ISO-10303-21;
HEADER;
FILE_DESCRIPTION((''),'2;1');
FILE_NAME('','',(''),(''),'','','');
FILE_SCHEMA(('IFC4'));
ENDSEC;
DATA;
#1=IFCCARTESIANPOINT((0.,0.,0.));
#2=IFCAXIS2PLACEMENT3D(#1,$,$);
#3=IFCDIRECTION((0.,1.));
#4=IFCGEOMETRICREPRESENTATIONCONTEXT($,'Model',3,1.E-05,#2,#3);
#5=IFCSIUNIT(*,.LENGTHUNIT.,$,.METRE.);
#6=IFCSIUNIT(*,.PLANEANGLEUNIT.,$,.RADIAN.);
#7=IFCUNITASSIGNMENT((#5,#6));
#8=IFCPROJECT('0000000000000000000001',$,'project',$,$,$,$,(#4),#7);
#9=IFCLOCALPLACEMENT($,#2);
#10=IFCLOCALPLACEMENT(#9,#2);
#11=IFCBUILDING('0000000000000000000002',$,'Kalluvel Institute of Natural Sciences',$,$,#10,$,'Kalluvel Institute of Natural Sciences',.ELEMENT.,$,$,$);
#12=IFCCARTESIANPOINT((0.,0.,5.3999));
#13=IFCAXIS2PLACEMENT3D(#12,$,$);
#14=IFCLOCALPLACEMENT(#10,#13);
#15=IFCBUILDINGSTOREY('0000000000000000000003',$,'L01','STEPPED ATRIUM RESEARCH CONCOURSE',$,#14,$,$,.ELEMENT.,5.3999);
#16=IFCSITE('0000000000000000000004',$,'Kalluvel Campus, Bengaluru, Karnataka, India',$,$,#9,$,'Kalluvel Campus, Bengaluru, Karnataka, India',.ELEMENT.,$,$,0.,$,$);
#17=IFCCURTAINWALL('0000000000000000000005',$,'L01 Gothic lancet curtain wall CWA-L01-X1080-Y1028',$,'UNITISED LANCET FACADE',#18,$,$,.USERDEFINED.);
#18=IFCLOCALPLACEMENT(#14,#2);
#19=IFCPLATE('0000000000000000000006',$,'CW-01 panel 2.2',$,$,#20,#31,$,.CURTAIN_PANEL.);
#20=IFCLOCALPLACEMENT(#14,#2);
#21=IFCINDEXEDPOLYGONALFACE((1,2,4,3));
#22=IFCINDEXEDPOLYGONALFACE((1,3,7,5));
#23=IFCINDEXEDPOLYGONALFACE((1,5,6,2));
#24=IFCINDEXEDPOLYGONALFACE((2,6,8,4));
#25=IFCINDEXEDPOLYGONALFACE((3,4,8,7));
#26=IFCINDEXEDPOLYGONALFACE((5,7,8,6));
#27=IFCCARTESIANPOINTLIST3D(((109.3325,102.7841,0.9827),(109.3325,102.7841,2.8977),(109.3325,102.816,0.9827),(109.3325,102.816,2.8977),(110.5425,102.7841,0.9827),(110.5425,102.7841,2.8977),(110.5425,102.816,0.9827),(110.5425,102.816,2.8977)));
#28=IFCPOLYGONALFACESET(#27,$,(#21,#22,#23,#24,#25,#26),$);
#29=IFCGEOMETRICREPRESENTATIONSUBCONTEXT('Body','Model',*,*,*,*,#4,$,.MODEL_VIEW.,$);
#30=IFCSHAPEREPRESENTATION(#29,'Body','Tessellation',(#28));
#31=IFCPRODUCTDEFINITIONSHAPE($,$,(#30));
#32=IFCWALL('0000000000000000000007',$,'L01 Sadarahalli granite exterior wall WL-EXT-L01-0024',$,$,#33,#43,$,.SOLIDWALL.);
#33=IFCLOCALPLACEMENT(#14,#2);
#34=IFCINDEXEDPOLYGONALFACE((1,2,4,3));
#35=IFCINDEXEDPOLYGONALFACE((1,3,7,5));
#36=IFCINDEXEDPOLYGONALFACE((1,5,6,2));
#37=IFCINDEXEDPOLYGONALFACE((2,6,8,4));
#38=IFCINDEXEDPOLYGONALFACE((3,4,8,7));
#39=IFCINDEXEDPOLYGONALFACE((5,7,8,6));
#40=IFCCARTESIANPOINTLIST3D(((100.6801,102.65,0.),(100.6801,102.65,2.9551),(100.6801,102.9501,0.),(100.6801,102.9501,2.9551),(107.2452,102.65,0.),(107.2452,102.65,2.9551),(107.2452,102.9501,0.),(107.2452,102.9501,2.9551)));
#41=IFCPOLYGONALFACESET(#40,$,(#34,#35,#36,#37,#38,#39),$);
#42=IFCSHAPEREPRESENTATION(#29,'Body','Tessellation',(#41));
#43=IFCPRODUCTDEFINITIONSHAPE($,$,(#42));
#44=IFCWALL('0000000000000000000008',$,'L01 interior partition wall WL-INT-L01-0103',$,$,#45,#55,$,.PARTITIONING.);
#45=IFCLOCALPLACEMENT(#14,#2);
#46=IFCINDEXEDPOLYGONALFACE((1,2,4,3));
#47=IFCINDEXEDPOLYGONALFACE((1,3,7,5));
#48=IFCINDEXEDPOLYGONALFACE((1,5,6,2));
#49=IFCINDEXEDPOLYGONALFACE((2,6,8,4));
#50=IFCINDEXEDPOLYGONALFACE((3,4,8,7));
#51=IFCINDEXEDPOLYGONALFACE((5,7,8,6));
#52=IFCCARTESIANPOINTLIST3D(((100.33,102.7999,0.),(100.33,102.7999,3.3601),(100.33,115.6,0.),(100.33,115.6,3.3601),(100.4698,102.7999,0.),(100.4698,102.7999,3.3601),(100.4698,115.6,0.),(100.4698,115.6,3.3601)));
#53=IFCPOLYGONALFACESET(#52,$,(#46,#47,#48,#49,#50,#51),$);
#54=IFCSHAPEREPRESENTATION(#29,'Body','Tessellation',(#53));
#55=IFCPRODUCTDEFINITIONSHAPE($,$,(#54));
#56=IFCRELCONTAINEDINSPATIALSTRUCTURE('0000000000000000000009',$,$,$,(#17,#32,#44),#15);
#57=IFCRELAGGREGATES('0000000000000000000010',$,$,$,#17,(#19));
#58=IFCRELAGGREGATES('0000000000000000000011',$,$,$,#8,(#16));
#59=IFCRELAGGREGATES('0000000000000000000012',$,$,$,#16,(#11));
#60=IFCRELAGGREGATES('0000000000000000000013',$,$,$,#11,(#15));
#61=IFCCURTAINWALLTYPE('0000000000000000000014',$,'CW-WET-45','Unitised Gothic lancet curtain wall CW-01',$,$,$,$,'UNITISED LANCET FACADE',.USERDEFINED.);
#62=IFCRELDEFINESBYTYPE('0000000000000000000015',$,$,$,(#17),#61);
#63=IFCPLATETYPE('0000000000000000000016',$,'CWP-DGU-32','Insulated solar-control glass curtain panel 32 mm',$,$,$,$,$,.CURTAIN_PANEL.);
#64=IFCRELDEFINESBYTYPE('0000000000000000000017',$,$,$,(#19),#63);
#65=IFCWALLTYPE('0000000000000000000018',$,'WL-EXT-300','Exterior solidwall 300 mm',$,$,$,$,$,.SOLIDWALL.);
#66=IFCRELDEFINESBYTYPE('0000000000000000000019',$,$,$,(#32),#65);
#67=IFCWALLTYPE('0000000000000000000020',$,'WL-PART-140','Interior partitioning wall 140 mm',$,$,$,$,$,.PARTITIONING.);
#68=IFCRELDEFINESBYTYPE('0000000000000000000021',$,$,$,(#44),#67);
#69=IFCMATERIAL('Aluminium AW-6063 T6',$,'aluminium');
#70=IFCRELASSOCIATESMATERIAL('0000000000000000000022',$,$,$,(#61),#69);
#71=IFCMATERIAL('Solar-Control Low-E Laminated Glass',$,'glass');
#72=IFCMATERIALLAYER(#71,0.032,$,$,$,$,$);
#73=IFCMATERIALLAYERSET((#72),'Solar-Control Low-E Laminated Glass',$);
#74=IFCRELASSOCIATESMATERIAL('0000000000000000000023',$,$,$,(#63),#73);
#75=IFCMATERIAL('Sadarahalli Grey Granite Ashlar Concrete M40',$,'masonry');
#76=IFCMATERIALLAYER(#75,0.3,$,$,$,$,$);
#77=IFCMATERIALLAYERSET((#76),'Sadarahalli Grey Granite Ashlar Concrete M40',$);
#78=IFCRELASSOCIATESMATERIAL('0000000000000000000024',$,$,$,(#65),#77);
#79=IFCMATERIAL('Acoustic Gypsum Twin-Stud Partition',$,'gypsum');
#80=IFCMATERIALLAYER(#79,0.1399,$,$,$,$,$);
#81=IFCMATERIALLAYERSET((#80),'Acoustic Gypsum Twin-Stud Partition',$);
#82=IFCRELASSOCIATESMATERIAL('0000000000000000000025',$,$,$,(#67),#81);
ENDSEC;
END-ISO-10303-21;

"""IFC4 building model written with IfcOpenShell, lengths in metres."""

from ifc_helpers import new_model, si_unit, direction, frame, frame_2d, origin, origin_2d, place, context, subcontext, project, spatial, rectangle, extrude, material, layer, layer_set, type_object, element, aggregate, save


model = new_model("IFC4")

# Units and contexts
model_context = context("Model", 3, precision=1e-05, world=origin(), true_north=direction((0.0, 1.0)))
body_context = subcontext(model_context, "Body", "Model", "MODEL_VIEW")
ifc_project = project(units=[si_unit("LENGTHUNIT", "METRE"), si_unit("PLANEANGLEUNIT", "RADIAN")], contexts=[model_context])

# Site, building, storey
site_placement = place(None, origin())
site = spatial("IfcSite", under=ifc_project, at=site_placement, Name="Kalluvel Campus, Bengaluru, Karnataka, India", LongName="Kalluvel Campus, Bengaluru, Karnataka, India", CompositionType="ELEMENT", RefElevation=0.0)
building_placement = place(site_placement, origin())
building = spatial("IfcBuilding", under=site, at=building_placement, Name="Kalluvel Institute of Natural Sciences", LongName="Kalluvel Institute of Natural Sciences", CompositionType="ELEMENT")
storey_placement = place(building_placement, frame((0.0, 0.0, 5.3999)))
storey = spatial("IfcBuildingStorey", under=building, at=storey_placement, Name="L01", Description="STEPPED ATRIUM RESEARCH CONCOURSE", CompositionType="ELEMENT", Elevation=5.3999)

# Shared definitions
ifc_material_1 = material(Name="Aluminium AW-6063 T6", Category="aluminium")
curtain_wall_type = type_object("IfcCurtainWallType", Name="CW-WET-45", Description="Unitised Gothic lancet curtain wall CW-01", ElementType="UNITISED LANCET FACADE", PredefinedType="USERDEFINED", material=ifc_material_1)

# Curtain wall
curtain_wall_1_placement = place(storey_placement, origin())
curtain_wall_1 = element("IfcCurtainWall", 1, at=curtain_wall_1_placement, inside=storey, type_object=curtain_wall_type, Name="L01 Gothic lancet curtain wall CWA-L01-X1080-Y1028", ObjectType="UNITISED LANCET FACADE", PredefinedType="USERDEFINED")

# Plate
ifc_material_2 = material(Name="Solar-Control Low-E Laminated Glass", Category="glass")
ifc_layer_1 = layer(ifc_material_2, 0.032)
ifc_layer_set_1 = layer_set([ifc_layer_1], Name="Solar-Control Low-E Laminated Glass")
plate_type = type_object("IfcPlateType", Name="CWP-DGU-32", Description="Insulated solar-control glass curtain panel 32 mm", PredefinedType="CURTAIN_PANEL", material=ifc_layer_set_1)
plate_1_placement = place(storey_placement, frame((109.9375, 102.8, 0.9827), z_axis=(0.0, 0.0, 1.0), x_axis=(1.0, 0.0, 0.0)))
plate_1 = element("IfcPlate", 2, at=plate_1_placement, type_object=plate_type, Name="CW-01 panel 2.2", PredefinedType="CURTAIN_PANEL", context=body_context, shape_type="SweptSolid", body=[
    extrude(rectangle(XDim=1.21, YDim=0.032, at=origin_2d()), origin(), (0.0, 0.0, 1.0), 1.915),
])
aggregate(curtain_wall_1, [plate_1])

# Walls
ifc_material_3 = material(Name="Sadarahalli Grey Granite Ashlar Concrete M40", Category="masonry")
ifc_layer_2 = layer(ifc_material_3, 0.3)
ifc_layer_set_2 = layer_set([ifc_layer_2], Name="Sadarahalli Grey Granite Ashlar Concrete M40")
wall_type_1 = type_object("IfcWallType", Name="WL-EXT-300", Description="Exterior solidwall 300 mm", PredefinedType="SOLIDWALL", material=ifc_layer_set_2)
wall_1_placement = place(storey_placement, frame((100.6799, 102.8, 0.0), z_axis=(0.0, 0.0, 1.0), x_axis=(1.0, 0.0, 0.0)))
element("IfcWall", 3, at=wall_1_placement, inside=storey, type_object=wall_type_1, Name="L01 Sadarahalli granite exterior wall WL-EXT-L01-0024", PredefinedType="SOLIDWALL", context=body_context, shape_type="SweptSolid", body=[
    extrude(rectangle(XDim=6.5652, YDim=0.3, at=frame_2d((3.2827, 0.0))), origin(), (0.0, 0.0, 1.0), 2.9551),
])
ifc_material_4 = material(Name="Acoustic Gypsum Twin-Stud Partition", Category="gypsum")
ifc_layer_3 = layer(ifc_material_4, 0.1399)
ifc_layer_set_3 = layer_set([ifc_layer_3], Name="Acoustic Gypsum Twin-Stud Partition")
wall_type_2 = type_object("IfcWallType", Name="WL-PART-140", Description="Interior partitioning wall 140 mm", PredefinedType="PARTITIONING", material=ifc_layer_set_3)
wall_2_placement = place(storey_placement, frame((100.3999, 102.8, 0.0), z_axis=(0.0, 0.0, 1.0), x_axis=(0.0, 1.0, 0.0)))
element("IfcWall", 4, at=wall_2_placement, inside=storey, type_object=wall_type_2, Name="L01 interior partition wall WL-INT-L01-0103", PredefinedType="PARTITIONING", context=body_context, shape_type="SweptSolid", body=[
    extrude(rectangle(XDim=12.8, YDim=0.1399, at=frame_2d((6.3999, 0.0))), origin(), (0.0, 0.0, 1.0), 3.3601),
])

save(model, "model.ifc")
